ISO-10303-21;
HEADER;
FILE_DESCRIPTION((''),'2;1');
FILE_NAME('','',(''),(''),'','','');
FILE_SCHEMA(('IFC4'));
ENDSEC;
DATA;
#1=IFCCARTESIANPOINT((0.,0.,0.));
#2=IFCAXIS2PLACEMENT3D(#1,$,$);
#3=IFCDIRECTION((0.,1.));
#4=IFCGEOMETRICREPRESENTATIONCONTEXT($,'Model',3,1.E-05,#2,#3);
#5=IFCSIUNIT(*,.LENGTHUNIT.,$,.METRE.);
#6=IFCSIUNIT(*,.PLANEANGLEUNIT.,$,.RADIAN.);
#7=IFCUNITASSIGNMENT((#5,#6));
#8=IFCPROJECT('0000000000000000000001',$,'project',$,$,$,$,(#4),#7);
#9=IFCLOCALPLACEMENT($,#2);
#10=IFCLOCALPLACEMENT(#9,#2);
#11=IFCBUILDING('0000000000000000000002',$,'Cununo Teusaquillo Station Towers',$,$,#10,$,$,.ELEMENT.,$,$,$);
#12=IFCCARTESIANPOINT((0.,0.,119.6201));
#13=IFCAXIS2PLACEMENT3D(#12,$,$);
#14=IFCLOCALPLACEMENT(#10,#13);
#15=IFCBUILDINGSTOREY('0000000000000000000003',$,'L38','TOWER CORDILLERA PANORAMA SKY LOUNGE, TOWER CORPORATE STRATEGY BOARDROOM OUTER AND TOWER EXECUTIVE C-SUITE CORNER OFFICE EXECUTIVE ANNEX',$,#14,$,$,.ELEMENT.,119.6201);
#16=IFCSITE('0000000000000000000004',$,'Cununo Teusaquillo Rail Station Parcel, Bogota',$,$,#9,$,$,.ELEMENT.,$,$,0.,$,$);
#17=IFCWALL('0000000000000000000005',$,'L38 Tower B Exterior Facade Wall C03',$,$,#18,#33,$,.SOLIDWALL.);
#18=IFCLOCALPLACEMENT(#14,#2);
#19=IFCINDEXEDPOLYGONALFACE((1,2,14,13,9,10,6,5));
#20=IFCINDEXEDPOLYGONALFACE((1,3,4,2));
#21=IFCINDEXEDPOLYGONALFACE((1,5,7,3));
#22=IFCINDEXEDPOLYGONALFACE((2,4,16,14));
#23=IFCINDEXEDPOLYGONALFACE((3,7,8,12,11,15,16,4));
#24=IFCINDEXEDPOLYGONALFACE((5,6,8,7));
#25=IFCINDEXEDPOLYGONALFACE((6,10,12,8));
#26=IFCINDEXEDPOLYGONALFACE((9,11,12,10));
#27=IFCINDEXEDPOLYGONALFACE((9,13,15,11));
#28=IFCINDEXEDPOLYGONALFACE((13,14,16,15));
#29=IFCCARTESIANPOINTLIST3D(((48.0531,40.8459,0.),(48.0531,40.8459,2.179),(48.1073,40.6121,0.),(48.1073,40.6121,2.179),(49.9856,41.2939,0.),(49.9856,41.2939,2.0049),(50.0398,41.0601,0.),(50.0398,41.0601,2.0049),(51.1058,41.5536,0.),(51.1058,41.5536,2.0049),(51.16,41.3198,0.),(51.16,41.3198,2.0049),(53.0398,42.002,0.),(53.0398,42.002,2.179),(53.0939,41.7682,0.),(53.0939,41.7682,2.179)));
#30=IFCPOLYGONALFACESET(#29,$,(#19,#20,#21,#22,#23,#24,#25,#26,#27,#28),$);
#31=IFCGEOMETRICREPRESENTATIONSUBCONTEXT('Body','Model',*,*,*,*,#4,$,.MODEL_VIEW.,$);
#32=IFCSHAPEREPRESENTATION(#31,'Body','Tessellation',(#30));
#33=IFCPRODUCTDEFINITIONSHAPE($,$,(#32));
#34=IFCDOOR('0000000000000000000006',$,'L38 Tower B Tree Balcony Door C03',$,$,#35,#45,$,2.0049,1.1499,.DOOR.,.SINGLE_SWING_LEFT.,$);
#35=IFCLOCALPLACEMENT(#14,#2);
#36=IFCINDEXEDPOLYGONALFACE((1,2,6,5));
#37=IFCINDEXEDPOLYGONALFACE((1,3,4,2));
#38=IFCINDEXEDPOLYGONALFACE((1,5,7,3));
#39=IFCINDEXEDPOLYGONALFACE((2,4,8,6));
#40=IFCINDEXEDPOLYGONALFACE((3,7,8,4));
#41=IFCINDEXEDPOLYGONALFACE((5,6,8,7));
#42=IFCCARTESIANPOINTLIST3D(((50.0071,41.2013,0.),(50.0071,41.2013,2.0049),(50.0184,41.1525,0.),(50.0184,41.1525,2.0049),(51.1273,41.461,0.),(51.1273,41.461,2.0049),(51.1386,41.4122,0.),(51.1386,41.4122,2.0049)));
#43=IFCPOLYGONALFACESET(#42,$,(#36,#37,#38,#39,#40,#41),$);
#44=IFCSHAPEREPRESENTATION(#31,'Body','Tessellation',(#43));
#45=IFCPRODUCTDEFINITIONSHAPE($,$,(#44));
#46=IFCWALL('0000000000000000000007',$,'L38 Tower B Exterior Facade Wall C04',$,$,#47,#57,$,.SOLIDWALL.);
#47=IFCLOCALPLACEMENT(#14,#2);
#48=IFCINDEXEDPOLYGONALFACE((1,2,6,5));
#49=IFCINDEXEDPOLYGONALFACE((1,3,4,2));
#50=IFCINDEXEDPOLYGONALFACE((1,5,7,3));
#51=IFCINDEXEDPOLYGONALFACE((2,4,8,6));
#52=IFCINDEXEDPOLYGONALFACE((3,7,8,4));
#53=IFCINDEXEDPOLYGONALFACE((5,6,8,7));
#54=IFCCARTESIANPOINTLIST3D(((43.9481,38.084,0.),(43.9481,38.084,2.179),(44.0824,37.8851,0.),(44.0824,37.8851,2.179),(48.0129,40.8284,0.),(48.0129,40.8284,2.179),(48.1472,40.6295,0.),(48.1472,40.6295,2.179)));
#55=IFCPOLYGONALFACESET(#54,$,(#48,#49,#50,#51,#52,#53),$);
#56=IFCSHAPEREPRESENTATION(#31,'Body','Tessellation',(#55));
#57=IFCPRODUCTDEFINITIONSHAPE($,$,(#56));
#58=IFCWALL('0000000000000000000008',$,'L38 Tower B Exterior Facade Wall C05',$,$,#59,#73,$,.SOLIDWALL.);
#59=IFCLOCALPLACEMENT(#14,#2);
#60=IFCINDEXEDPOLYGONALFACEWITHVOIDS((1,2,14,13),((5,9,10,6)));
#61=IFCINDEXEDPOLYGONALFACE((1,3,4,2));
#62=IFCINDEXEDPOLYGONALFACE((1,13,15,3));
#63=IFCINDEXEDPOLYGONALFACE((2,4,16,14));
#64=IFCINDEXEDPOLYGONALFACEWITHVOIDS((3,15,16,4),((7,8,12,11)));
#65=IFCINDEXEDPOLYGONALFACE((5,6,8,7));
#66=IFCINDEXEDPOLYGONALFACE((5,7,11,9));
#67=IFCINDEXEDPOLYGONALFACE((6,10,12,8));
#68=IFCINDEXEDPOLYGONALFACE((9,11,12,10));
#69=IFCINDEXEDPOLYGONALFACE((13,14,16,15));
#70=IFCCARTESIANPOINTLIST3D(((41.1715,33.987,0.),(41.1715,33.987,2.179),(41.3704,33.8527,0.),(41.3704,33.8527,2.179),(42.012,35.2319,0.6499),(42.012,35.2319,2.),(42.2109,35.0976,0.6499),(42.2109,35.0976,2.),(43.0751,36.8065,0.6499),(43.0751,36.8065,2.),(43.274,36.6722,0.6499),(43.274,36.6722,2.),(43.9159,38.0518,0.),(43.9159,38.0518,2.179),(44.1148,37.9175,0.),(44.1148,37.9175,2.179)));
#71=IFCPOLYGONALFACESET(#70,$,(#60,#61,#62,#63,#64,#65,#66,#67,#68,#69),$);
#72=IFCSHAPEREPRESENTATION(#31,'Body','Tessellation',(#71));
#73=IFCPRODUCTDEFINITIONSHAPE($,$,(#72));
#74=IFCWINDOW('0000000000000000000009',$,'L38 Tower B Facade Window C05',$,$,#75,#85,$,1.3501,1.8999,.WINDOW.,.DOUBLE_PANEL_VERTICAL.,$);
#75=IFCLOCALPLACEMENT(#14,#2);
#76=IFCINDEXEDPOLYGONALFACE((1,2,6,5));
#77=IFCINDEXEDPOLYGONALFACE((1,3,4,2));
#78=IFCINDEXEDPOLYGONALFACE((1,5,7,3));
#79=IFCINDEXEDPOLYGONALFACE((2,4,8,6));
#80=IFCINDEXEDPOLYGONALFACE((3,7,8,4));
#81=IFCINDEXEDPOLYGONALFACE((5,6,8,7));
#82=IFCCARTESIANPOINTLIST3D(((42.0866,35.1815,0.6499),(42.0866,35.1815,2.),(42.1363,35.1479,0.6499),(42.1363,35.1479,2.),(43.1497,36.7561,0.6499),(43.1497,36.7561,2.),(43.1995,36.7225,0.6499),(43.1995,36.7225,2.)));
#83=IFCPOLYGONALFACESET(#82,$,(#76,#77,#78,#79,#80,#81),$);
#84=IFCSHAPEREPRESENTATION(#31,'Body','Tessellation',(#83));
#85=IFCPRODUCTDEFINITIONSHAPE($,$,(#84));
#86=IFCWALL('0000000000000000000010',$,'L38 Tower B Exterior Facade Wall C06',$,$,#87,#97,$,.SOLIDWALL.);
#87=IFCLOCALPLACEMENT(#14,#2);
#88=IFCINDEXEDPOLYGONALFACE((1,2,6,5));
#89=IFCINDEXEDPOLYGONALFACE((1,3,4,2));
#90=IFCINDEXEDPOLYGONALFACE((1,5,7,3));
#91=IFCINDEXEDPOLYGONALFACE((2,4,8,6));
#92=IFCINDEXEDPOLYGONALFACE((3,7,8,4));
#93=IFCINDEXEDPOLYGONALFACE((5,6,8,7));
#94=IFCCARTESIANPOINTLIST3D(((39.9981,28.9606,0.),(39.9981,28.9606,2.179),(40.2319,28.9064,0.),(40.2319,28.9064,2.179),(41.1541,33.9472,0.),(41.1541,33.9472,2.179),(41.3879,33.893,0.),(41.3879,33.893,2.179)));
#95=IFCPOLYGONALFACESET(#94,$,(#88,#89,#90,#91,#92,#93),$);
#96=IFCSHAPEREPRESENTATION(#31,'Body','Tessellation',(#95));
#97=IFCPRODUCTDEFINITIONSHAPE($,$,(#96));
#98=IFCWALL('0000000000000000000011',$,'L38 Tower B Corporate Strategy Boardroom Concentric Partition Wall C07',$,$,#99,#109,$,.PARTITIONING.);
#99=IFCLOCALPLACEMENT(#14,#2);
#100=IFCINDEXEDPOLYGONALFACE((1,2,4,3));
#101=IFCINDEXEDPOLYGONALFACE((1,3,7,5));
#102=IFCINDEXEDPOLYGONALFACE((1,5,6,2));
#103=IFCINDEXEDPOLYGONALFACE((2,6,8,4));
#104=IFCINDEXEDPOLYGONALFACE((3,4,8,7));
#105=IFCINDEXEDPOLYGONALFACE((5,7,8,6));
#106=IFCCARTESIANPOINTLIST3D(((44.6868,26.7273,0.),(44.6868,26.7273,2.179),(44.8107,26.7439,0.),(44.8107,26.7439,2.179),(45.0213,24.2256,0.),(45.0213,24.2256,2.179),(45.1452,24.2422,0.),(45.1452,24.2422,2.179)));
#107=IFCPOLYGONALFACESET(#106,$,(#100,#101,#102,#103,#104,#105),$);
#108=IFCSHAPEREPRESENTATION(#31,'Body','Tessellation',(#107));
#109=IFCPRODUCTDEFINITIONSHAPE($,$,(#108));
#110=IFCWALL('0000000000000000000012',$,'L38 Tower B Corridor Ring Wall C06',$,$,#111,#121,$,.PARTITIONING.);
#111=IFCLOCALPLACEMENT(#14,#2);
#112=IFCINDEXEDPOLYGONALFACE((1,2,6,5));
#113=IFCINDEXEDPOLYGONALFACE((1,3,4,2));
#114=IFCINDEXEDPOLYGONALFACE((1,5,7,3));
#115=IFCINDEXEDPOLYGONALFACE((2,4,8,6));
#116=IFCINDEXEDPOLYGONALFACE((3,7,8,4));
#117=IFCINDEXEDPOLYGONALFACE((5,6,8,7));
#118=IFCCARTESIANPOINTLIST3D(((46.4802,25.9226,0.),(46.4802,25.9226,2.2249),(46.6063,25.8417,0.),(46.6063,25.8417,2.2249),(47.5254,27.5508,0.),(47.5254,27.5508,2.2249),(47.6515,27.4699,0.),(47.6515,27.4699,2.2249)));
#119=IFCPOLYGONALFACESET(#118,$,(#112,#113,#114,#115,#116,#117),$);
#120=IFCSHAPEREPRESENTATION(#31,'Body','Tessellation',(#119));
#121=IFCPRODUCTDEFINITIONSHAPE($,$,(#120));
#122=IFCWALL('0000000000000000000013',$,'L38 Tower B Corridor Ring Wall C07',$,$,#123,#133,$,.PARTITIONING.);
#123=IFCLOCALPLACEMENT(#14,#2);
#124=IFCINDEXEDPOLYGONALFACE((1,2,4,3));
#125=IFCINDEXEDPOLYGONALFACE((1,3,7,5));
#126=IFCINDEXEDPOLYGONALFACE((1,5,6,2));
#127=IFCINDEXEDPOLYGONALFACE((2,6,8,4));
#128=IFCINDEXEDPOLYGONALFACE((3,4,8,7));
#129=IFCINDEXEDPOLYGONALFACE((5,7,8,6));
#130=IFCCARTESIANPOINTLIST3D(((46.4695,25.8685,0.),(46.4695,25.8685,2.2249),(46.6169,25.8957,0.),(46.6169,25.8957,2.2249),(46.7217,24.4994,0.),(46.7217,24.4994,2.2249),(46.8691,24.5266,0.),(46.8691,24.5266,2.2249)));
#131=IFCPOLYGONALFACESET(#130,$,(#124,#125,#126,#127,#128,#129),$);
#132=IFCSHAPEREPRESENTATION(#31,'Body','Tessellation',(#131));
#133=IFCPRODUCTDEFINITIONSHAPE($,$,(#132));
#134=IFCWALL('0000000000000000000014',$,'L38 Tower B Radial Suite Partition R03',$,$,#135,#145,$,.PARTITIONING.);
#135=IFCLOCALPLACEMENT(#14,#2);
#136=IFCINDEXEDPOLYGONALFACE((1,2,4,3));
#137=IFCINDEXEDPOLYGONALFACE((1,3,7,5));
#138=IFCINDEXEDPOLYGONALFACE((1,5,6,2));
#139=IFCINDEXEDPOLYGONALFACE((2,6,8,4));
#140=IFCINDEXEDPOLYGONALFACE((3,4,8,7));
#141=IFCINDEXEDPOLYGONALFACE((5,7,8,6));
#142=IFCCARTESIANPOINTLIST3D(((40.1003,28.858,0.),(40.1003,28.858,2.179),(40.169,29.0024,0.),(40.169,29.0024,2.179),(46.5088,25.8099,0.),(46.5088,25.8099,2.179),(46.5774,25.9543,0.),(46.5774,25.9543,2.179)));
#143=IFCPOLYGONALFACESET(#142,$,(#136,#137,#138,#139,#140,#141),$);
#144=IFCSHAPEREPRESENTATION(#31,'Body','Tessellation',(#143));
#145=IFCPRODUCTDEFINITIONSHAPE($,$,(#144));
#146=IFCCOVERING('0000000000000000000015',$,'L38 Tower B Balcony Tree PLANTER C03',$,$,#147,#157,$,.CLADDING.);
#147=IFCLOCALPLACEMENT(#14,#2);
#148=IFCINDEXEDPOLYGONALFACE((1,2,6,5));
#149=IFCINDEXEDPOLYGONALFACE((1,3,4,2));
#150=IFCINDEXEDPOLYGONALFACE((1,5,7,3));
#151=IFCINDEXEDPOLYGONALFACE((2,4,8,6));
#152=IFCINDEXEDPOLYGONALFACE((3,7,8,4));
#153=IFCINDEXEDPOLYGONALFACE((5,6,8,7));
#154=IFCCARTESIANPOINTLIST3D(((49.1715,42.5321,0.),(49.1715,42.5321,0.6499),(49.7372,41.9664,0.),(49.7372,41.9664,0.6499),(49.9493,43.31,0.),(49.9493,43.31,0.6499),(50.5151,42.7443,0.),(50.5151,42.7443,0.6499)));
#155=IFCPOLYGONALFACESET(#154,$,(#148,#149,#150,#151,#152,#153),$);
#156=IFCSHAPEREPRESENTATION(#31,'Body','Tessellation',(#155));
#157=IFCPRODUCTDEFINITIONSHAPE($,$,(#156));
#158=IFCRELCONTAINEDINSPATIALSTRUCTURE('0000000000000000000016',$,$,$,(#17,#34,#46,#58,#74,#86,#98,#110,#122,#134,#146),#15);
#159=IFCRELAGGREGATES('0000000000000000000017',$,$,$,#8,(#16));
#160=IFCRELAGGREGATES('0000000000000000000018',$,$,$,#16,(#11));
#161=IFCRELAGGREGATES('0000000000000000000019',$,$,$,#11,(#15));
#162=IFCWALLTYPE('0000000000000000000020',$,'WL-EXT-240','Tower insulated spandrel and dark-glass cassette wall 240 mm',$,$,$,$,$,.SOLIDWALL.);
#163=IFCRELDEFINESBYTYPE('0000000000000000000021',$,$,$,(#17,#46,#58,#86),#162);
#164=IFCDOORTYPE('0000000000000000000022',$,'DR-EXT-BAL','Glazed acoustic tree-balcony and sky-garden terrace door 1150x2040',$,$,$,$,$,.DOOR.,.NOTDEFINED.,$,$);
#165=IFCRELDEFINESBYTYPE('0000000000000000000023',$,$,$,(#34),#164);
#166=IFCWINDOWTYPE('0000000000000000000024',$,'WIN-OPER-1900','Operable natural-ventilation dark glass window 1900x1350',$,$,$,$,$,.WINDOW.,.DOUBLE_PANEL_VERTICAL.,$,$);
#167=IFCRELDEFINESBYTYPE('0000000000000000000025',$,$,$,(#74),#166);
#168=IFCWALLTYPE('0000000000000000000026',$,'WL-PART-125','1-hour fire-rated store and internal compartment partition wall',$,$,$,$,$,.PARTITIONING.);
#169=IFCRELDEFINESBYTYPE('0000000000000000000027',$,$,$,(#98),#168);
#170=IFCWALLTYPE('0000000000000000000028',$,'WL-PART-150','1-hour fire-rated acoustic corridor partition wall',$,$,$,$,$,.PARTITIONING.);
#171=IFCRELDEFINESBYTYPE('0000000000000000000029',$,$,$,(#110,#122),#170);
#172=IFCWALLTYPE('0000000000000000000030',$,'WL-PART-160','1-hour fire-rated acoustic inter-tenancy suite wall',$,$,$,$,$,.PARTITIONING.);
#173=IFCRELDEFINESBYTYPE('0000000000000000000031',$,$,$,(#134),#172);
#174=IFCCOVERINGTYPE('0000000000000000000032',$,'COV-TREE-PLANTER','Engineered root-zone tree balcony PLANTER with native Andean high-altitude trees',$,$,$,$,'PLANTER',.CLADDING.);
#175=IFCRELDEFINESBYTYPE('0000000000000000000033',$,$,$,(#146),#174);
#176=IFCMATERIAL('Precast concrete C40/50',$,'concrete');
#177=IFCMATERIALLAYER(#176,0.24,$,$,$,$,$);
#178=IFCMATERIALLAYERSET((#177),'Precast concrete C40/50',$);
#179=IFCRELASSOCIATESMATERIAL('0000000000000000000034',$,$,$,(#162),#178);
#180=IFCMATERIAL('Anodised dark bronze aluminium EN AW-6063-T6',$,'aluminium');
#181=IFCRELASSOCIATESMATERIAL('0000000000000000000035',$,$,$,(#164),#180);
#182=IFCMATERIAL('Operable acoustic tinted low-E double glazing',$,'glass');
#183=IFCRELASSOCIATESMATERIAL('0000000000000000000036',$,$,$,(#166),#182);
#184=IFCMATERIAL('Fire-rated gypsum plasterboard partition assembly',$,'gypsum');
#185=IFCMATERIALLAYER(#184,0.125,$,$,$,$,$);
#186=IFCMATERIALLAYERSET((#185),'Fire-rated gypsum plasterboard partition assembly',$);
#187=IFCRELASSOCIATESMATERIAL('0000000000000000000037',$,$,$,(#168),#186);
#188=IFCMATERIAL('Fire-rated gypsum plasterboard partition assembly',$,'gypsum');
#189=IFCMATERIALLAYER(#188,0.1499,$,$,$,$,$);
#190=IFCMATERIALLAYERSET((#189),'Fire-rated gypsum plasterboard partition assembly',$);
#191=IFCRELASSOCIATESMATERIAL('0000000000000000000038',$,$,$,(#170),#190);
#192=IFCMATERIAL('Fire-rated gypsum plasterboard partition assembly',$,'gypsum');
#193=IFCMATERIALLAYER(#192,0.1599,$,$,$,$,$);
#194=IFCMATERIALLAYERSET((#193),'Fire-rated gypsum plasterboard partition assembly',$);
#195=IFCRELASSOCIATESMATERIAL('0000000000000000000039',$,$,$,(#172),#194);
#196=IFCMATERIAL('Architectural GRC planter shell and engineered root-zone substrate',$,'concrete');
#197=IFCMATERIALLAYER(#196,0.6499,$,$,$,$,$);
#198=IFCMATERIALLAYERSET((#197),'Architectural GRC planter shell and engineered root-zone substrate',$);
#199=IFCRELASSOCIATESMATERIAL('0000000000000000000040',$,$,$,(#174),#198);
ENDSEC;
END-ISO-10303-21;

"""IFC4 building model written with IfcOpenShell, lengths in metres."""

from ifc_helpers import new_model, si_unit, direction, frame, frame_2d, origin, origin_2d, place, context, subcontext, project, spatial, rectangle, extrude, source, transform, mapped, material, layer, layer_set, type_object, element, fill, save


model = new_model("IFC4")

# Units and contexts
model_context = context("Model", 3, precision=1e-05, world=origin(), true_north=direction((0.0, 1.0)))
body_context = subcontext(model_context, "Body", "Model", "MODEL_VIEW")
ifc_project = project(units=[si_unit("LENGTHUNIT", "METRE"), si_unit("PLANEANGLEUNIT", "RADIAN")], contexts=[model_context])

# Site, building, storey
site_placement = place(None, origin())
site = spatial("IfcSite", under=ifc_project, at=site_placement, Name="Cununo Teusaquillo Rail Station Parcel, Bogota", CompositionType="ELEMENT", RefElevation=0.0)
building_placement = place(site_placement, origin())
building = spatial("IfcBuilding", under=site, at=building_placement, Name="Cununo Teusaquillo Station Towers", CompositionType="ELEMENT")
storey_placement = place(building_placement, frame((0.0, 0.0, 119.6201)))
storey = spatial("IfcBuildingStorey", under=building, at=storey_placement, Name="L38", Description="TOWER CORDILLERA PANORAMA SKY LOUNGE, TOWER CORPORATE STRATEGY BOARDROOM OUTER AND TOWER EXECUTIVE C-SUITE CORNER OFFICE EXECUTIVE ANNEX", CompositionType="ELEMENT", Elevation=119.6201)

# Wall, opening, door
ifc_material_1 = material(Name="Precast concrete C40/50", Category="concrete")
ifc_layer_1 = layer(ifc_material_1, 0.24)
ifc_layer_set_1 = layer_set([ifc_layer_1], Name="Precast concrete C40/50")
wall_type_1 = type_object("IfcWallType", Name="WL-EXT-240", Description="Tower insulated spandrel and dark-glass cassette wall 240 mm", PredefinedType="SOLIDWALL", material=ifc_layer_set_1)
wall_1_placement = place(storey_placement, frame((48.0801, 40.729, 0.0), z_axis=(0.0, 0.0, 1.0), x_axis=(0.974166, 0.225835, 0.0)))
wall_1 = element("IfcWall", 1, at=wall_1_placement, inside=storey, type_object=wall_type_1, Name="L38 Tower B Exterior Facade Wall C03", PredefinedType="SOLIDWALL", context=body_context, shape_type="SweptSolid", body=[
    extrude(rectangle(XDim=5.1189, YDim=0.24, at=frame_2d((2.5596, 0.0))), origin(), (0.0, 0.0, 1.0), 2.179),
])
shared_shape_1 = source(origin(), body_context, "Body", "SweptSolid", [
    extrude(rectangle(XDim=1.1499, YDim=2.0049, at=frame_2d((0.575, 1.0024))), frame((0.0, 0.1299, 0.0), z_axis=(0.0, -1.0, 0.0), x_axis=(1.0, 0.0, 0.0)), (0.0, 0.0, 1.0), 0.26),
])
opening_1_placement = place(wall_1_placement, frame((1.9839, 0.0, 0.0)))
opening_1 = element("IfcOpeningElement", 2, at=opening_1_placement, cuts=wall_1, PredefinedType="OPENING", context=body_context, shape_type="MappedRepresentation", body=[
    mapped(shared_shape_1, transform((0.0, 0.0, 0.0), x_axis=(1.0, 0.0, 0.0), y_axis=(0.0, 1.0, 0.0), z_axis=(0.0, 0.0, 1.0), scale=1.0)),
])
ifc_material_2 = material(Name="Anodised dark bronze aluminium EN AW-6063-T6", Category="aluminium")
door_type = type_object("IfcDoorType", Name="DR-EXT-BAL", Description="Glazed acoustic tree-balcony and sky-garden terrace door 1150x2040", OperationType="NOTDEFINED", PredefinedType="DOOR", material=ifc_material_2)
shared_shape_2 = source(origin(), body_context, "Body", "SweptSolid", [
    extrude(rectangle(XDim=1.1499, YDim=2.0049, at=frame_2d((0.575, 1.0024))), frame((0.0, 0.0249, 0.0), z_axis=(0.0, -1.0, 0.0), x_axis=(1.0, 0.0, 0.0)), (0.0, 0.0, 1.0), 0.05),
])
door_placement = place(opening_1_placement, origin())
door = element("IfcDoor", 3, at=door_placement, inside=storey, type_object=door_type, Name="L38 Tower B Tree Balcony Door C03", OperationType="SINGLE_SWING_LEFT", OverallHeight=2.0049, OverallWidth=1.1499, PredefinedType="DOOR", context=body_context, shape_type="MappedRepresentation", body=[
    mapped(shared_shape_2, transform((0.0, 0.0, 0.0), x_axis=(1.0, 0.0, 0.0), y_axis=(0.0, 1.0, 0.0), z_axis=(0.0, 0.0, 1.0), scale=1.0)),
])
fill(opening_1, door)

# Wall
wall_2_placement = place(storey_placement, frame((44.0154, 37.9846, 0.0), z_axis=(0.0, 0.0, 1.0), x_axis=(0.828781, 0.559573, 0.0)))
element("IfcWall", 4, at=wall_2_placement, inside=storey, type_object=wall_type_1, Name="L38 Tower B Exterior Facade Wall C04", PredefinedType="SOLIDWALL", context=body_context, shape_type="SweptSolid", body=[
    extrude(rectangle(XDim=4.9045, YDim=0.24, at=frame_2d((2.4521, 0.0))), origin(), (0.0, 0.0, 1.0), 2.179),
])

# Wall, opening, window
wall_3_placement = place(storey_placement, frame((41.271, 33.9199, 0.0), z_axis=(0.0, 0.0, 1.0), x_axis=(0.559573, 0.828781, 0.0)))
wall_3 = element("IfcWall", 5, at=wall_3_placement, inside=storey, type_object=wall_type_1, Name="L38 Tower B Exterior Facade Wall C05", PredefinedType="SOLIDWALL", context=body_context, shape_type="SweptSolid", body=[
    extrude(rectangle(XDim=4.9045, YDim=0.24, at=frame_2d((2.4521, 0.0))), origin(), (0.0, 0.0, 1.0), 2.179),
])
shared_shape_3 = source(origin(), body_context, "Body", "SweptSolid", [
    extrude(rectangle(XDim=1.8999, YDim=1.3501, at=frame_2d((0.95, 0.675))), frame((0.0, 0.1299, 0.0), z_axis=(0.0, -1.0, 0.0), x_axis=(1.0, 0.0, 0.0)), (0.0, 0.0, 1.0), 0.26),
])
opening_2_placement = place(wall_3_placement, frame((1.502, 0.0, 0.6499)))
opening_2 = element("IfcOpeningElement", 6, at=opening_2_placement, cuts=wall_3, PredefinedType="OPENING", context=body_context, shape_type="MappedRepresentation", body=[
    mapped(shared_shape_3, transform((0.0, 0.0, 0.0), x_axis=(1.0, 0.0, 0.0), y_axis=(0.0, 1.0, 0.0), z_axis=(0.0, 0.0, 1.0), scale=1.0)),
])
ifc_material_3 = material(Name="Operable acoustic tinted low-E double glazing", Category="glass")
window_type = type_object("IfcWindowType", Name="WIN-OPER-1900", Description="Operable natural-ventilation dark glass window 1900x1350", PartitioningType="DOUBLE_PANEL_VERTICAL", PredefinedType="WINDOW", material=ifc_material_3)
shared_shape_4 = source(origin(), body_context, "Body", "SweptSolid", [
    extrude(rectangle(XDim=1.8999, YDim=1.3501, at=frame_2d((0.95, 0.675))), frame((0.0, 0.03, 0.0), z_axis=(0.0, -1.0, 0.0), x_axis=(1.0, 0.0, 0.0)), (0.0, 0.0, 1.0), 0.0601),
])
window_placement = place(opening_2_placement, origin())
window = element("IfcWindow", 7, at=window_placement, inside=storey, type_object=window_type, Name="L38 Tower B Facade Window C05", OverallHeight=1.3501, OverallWidth=1.8999, PartitioningType="DOUBLE_PANEL_VERTICAL", PredefinedType="WINDOW", context=body_context, shape_type="MappedRepresentation", body=[
    mapped(shared_shape_4, transform((0.0, 0.0, 0.0), x_axis=(1.0, 0.0, 0.0), y_axis=(0.0, 1.0, 0.0), z_axis=(0.0, 0.0, 1.0), scale=1.0)),
])
fill(opening_2, window)

# Walls
wall_4_placement = place(storey_placement, frame((40.115, 28.9333, 0.0), z_axis=(0.0, 0.0, 1.0), x_axis=(0.225835, 0.974166, 0.0)))
element("IfcWall", 8, at=wall_4_placement, inside=storey, type_object=wall_type_1, Name="L38 Tower B Exterior Facade Wall C06", PredefinedType="SOLIDWALL", context=body_context, shape_type="SweptSolid", body=[
    extrude(rectangle(XDim=5.1189, YDim=0.24, at=frame_2d((2.5596, 0.0))), origin(), (0.0, 0.0, 1.0), 2.179),
])
ifc_material_4 = material(Name="Fire-rated gypsum plasterboard partition assembly", Category="gypsum")
ifc_layer_2 = layer(ifc_material_4, 0.125)
ifc_layer_set_2 = layer_set([ifc_layer_2], Name="Fire-rated gypsum plasterboard partition assembly")
wall_type_2 = type_object("IfcWallType", Name="WL-PART-125", Description="1-hour fire-rated store and internal compartment partition wall", PredefinedType="PARTITIONING", material=ifc_layer_set_2)
wall_5_placement = place(storey_placement, frame((44.7488, 26.7356, 0.0), z_axis=(0.0, 0.0, 1.0), x_axis=(0.132519, -0.991181, 0.0)))
element("IfcWall", 9, at=wall_5_placement, inside=storey, type_object=wall_type_2, Name="L38 Tower B Corporate Strategy Boardroom Concentric Partition Wall C07", PredefinedType="PARTITIONING", context=body_context, shape_type="SweptSolid", body=[
    extrude(rectangle(XDim=2.5239, YDim=0.125, at=frame_2d((1.262, 0.0))), origin(), (0.0, 0.0, 1.0), 2.179),
])
ifc_material_5 = material(Name="Fire-rated gypsum plasterboard partition assembly", Category="gypsum")
ifc_layer_3 = layer(ifc_material_5, 0.1499)
ifc_layer_set_3 = layer_set([ifc_layer_3], Name="Fire-rated gypsum plasterboard partition assembly")
wall_type_3 = type_object("IfcWallType", Name="WL-PART-150", Description="1-hour fire-rated acoustic corridor partition wall", PredefinedType="PARTITIONING", material=ifc_layer_set_3)
wall_6_placement = place(storey_placement, frame((47.5884, 27.5103, 0.0), z_axis=(0.0, 0.0, 1.0), x_axis=(-0.540203, -0.841535, 0.0)))
element("IfcWall", 10, at=wall_6_placement, inside=storey, type_object=wall_type_3, Name="L38 Tower B Corridor Ring Wall C06", PredefinedType="PARTITIONING", context=body_context, shape_type="SweptSolid", body=[
    extrude(rectangle(XDim=1.9348, YDim=0.1499, at=frame_2d((0.9673, 0.0))), origin(), (0.0, 0.0, 1.0), 2.2249),
])
wall_7_placement = place(storey_placement, frame((46.5432, 25.8821, 0.0), z_axis=(0.0, 0.0, 1.0), x_axis=(0.181154, -0.983455, 0.0)))
element("IfcWall", 11, at=wall_7_placement, inside=storey, type_object=wall_type_3, Name="L38 Tower B Corridor Ring Wall C07", PredefinedType="PARTITIONING", context=body_context, shape_type="SweptSolid", body=[
    extrude(rectangle(XDim=1.3921, YDim=0.1499, at=frame_2d((0.696, 0.0))), origin(), (0.0, 0.0, 1.0), 2.2249),
])
ifc_material_6 = material(Name="Fire-rated gypsum plasterboard partition assembly", Category="gypsum")
ifc_layer_4 = layer(ifc_material_6, 0.1599)
ifc_layer_set_4 = layer_set([ifc_layer_4], Name="Fire-rated gypsum plasterboard partition assembly")
wall_type_4 = type_object("IfcWallType", Name="WL-PART-160", Description="1-hour fire-rated acoustic inter-tenancy suite wall", PredefinedType="PARTITIONING", material=ifc_layer_set_4)
wall_8_placement = place(storey_placement, frame((46.5432, 25.8821, 0.0), z_axis=(0.0, 0.0, 1.0), x_axis=(-0.903054, 0.429526, 0.0)))
element("IfcWall", 12, at=wall_8_placement, inside=storey, type_object=wall_type_4, Name="L38 Tower B Radial Suite Partition R03", PredefinedType="PARTITIONING", context=body_context, shape_type="SweptSolid", body=[
    extrude(rectangle(XDim=7.0964, YDim=0.1599, at=frame_2d((3.5483, 0.0))), origin(), (0.0, 0.0, 1.0), 2.179),
])

# Covering
ifc_material_7 = material(Name="Architectural GRC planter shell and engineered root-zone substrate", Category="concrete")
ifc_layer_5 = layer(ifc_material_7, 0.6499)
ifc_layer_set_5 = layer_set([ifc_layer_5], Name="Architectural GRC planter shell and engineered root-zone substrate")
covering_type = type_object("IfcCoveringType", Name="COV-TREE-PLANTER", Description="Engineered root-zone tree balcony PLANTER with native Andean high-altitude trees", ElementType="PLANTER", PredefinedType="CLADDING", material=ifc_layer_set_5)
shared_shape_5 = source(origin(), body_context, "Body", "SweptSolid", [
    extrude(rectangle(XDim=1.1001, YDim=0.8, at=origin_2d()), origin(), (0.0, 0.0, 1.0), 0.6499),
])
covering_placement = place(storey_placement, frame((49.8433, 42.6382, 0.0), z_axis=(0.0, 0.0, 1.0), x_axis=(0.707107, 0.707107, 0.0)))
element("IfcCovering", 13, at=covering_placement, inside=storey, type_object=covering_type, Name="L38 Tower B Balcony Tree PLANTER C03", PredefinedType="CLADDING", context=body_context, shape_type="MappedRepresentation", body=[
    mapped(shared_shape_5, transform((0.0, 0.0, 0.0), x_axis=(1.0, 0.0, 0.0), y_axis=(0.0, 1.0, 0.0), z_axis=(0.0, 0.0, 1.0), scale=1.0)),
])

save(model, "model.ifc")
